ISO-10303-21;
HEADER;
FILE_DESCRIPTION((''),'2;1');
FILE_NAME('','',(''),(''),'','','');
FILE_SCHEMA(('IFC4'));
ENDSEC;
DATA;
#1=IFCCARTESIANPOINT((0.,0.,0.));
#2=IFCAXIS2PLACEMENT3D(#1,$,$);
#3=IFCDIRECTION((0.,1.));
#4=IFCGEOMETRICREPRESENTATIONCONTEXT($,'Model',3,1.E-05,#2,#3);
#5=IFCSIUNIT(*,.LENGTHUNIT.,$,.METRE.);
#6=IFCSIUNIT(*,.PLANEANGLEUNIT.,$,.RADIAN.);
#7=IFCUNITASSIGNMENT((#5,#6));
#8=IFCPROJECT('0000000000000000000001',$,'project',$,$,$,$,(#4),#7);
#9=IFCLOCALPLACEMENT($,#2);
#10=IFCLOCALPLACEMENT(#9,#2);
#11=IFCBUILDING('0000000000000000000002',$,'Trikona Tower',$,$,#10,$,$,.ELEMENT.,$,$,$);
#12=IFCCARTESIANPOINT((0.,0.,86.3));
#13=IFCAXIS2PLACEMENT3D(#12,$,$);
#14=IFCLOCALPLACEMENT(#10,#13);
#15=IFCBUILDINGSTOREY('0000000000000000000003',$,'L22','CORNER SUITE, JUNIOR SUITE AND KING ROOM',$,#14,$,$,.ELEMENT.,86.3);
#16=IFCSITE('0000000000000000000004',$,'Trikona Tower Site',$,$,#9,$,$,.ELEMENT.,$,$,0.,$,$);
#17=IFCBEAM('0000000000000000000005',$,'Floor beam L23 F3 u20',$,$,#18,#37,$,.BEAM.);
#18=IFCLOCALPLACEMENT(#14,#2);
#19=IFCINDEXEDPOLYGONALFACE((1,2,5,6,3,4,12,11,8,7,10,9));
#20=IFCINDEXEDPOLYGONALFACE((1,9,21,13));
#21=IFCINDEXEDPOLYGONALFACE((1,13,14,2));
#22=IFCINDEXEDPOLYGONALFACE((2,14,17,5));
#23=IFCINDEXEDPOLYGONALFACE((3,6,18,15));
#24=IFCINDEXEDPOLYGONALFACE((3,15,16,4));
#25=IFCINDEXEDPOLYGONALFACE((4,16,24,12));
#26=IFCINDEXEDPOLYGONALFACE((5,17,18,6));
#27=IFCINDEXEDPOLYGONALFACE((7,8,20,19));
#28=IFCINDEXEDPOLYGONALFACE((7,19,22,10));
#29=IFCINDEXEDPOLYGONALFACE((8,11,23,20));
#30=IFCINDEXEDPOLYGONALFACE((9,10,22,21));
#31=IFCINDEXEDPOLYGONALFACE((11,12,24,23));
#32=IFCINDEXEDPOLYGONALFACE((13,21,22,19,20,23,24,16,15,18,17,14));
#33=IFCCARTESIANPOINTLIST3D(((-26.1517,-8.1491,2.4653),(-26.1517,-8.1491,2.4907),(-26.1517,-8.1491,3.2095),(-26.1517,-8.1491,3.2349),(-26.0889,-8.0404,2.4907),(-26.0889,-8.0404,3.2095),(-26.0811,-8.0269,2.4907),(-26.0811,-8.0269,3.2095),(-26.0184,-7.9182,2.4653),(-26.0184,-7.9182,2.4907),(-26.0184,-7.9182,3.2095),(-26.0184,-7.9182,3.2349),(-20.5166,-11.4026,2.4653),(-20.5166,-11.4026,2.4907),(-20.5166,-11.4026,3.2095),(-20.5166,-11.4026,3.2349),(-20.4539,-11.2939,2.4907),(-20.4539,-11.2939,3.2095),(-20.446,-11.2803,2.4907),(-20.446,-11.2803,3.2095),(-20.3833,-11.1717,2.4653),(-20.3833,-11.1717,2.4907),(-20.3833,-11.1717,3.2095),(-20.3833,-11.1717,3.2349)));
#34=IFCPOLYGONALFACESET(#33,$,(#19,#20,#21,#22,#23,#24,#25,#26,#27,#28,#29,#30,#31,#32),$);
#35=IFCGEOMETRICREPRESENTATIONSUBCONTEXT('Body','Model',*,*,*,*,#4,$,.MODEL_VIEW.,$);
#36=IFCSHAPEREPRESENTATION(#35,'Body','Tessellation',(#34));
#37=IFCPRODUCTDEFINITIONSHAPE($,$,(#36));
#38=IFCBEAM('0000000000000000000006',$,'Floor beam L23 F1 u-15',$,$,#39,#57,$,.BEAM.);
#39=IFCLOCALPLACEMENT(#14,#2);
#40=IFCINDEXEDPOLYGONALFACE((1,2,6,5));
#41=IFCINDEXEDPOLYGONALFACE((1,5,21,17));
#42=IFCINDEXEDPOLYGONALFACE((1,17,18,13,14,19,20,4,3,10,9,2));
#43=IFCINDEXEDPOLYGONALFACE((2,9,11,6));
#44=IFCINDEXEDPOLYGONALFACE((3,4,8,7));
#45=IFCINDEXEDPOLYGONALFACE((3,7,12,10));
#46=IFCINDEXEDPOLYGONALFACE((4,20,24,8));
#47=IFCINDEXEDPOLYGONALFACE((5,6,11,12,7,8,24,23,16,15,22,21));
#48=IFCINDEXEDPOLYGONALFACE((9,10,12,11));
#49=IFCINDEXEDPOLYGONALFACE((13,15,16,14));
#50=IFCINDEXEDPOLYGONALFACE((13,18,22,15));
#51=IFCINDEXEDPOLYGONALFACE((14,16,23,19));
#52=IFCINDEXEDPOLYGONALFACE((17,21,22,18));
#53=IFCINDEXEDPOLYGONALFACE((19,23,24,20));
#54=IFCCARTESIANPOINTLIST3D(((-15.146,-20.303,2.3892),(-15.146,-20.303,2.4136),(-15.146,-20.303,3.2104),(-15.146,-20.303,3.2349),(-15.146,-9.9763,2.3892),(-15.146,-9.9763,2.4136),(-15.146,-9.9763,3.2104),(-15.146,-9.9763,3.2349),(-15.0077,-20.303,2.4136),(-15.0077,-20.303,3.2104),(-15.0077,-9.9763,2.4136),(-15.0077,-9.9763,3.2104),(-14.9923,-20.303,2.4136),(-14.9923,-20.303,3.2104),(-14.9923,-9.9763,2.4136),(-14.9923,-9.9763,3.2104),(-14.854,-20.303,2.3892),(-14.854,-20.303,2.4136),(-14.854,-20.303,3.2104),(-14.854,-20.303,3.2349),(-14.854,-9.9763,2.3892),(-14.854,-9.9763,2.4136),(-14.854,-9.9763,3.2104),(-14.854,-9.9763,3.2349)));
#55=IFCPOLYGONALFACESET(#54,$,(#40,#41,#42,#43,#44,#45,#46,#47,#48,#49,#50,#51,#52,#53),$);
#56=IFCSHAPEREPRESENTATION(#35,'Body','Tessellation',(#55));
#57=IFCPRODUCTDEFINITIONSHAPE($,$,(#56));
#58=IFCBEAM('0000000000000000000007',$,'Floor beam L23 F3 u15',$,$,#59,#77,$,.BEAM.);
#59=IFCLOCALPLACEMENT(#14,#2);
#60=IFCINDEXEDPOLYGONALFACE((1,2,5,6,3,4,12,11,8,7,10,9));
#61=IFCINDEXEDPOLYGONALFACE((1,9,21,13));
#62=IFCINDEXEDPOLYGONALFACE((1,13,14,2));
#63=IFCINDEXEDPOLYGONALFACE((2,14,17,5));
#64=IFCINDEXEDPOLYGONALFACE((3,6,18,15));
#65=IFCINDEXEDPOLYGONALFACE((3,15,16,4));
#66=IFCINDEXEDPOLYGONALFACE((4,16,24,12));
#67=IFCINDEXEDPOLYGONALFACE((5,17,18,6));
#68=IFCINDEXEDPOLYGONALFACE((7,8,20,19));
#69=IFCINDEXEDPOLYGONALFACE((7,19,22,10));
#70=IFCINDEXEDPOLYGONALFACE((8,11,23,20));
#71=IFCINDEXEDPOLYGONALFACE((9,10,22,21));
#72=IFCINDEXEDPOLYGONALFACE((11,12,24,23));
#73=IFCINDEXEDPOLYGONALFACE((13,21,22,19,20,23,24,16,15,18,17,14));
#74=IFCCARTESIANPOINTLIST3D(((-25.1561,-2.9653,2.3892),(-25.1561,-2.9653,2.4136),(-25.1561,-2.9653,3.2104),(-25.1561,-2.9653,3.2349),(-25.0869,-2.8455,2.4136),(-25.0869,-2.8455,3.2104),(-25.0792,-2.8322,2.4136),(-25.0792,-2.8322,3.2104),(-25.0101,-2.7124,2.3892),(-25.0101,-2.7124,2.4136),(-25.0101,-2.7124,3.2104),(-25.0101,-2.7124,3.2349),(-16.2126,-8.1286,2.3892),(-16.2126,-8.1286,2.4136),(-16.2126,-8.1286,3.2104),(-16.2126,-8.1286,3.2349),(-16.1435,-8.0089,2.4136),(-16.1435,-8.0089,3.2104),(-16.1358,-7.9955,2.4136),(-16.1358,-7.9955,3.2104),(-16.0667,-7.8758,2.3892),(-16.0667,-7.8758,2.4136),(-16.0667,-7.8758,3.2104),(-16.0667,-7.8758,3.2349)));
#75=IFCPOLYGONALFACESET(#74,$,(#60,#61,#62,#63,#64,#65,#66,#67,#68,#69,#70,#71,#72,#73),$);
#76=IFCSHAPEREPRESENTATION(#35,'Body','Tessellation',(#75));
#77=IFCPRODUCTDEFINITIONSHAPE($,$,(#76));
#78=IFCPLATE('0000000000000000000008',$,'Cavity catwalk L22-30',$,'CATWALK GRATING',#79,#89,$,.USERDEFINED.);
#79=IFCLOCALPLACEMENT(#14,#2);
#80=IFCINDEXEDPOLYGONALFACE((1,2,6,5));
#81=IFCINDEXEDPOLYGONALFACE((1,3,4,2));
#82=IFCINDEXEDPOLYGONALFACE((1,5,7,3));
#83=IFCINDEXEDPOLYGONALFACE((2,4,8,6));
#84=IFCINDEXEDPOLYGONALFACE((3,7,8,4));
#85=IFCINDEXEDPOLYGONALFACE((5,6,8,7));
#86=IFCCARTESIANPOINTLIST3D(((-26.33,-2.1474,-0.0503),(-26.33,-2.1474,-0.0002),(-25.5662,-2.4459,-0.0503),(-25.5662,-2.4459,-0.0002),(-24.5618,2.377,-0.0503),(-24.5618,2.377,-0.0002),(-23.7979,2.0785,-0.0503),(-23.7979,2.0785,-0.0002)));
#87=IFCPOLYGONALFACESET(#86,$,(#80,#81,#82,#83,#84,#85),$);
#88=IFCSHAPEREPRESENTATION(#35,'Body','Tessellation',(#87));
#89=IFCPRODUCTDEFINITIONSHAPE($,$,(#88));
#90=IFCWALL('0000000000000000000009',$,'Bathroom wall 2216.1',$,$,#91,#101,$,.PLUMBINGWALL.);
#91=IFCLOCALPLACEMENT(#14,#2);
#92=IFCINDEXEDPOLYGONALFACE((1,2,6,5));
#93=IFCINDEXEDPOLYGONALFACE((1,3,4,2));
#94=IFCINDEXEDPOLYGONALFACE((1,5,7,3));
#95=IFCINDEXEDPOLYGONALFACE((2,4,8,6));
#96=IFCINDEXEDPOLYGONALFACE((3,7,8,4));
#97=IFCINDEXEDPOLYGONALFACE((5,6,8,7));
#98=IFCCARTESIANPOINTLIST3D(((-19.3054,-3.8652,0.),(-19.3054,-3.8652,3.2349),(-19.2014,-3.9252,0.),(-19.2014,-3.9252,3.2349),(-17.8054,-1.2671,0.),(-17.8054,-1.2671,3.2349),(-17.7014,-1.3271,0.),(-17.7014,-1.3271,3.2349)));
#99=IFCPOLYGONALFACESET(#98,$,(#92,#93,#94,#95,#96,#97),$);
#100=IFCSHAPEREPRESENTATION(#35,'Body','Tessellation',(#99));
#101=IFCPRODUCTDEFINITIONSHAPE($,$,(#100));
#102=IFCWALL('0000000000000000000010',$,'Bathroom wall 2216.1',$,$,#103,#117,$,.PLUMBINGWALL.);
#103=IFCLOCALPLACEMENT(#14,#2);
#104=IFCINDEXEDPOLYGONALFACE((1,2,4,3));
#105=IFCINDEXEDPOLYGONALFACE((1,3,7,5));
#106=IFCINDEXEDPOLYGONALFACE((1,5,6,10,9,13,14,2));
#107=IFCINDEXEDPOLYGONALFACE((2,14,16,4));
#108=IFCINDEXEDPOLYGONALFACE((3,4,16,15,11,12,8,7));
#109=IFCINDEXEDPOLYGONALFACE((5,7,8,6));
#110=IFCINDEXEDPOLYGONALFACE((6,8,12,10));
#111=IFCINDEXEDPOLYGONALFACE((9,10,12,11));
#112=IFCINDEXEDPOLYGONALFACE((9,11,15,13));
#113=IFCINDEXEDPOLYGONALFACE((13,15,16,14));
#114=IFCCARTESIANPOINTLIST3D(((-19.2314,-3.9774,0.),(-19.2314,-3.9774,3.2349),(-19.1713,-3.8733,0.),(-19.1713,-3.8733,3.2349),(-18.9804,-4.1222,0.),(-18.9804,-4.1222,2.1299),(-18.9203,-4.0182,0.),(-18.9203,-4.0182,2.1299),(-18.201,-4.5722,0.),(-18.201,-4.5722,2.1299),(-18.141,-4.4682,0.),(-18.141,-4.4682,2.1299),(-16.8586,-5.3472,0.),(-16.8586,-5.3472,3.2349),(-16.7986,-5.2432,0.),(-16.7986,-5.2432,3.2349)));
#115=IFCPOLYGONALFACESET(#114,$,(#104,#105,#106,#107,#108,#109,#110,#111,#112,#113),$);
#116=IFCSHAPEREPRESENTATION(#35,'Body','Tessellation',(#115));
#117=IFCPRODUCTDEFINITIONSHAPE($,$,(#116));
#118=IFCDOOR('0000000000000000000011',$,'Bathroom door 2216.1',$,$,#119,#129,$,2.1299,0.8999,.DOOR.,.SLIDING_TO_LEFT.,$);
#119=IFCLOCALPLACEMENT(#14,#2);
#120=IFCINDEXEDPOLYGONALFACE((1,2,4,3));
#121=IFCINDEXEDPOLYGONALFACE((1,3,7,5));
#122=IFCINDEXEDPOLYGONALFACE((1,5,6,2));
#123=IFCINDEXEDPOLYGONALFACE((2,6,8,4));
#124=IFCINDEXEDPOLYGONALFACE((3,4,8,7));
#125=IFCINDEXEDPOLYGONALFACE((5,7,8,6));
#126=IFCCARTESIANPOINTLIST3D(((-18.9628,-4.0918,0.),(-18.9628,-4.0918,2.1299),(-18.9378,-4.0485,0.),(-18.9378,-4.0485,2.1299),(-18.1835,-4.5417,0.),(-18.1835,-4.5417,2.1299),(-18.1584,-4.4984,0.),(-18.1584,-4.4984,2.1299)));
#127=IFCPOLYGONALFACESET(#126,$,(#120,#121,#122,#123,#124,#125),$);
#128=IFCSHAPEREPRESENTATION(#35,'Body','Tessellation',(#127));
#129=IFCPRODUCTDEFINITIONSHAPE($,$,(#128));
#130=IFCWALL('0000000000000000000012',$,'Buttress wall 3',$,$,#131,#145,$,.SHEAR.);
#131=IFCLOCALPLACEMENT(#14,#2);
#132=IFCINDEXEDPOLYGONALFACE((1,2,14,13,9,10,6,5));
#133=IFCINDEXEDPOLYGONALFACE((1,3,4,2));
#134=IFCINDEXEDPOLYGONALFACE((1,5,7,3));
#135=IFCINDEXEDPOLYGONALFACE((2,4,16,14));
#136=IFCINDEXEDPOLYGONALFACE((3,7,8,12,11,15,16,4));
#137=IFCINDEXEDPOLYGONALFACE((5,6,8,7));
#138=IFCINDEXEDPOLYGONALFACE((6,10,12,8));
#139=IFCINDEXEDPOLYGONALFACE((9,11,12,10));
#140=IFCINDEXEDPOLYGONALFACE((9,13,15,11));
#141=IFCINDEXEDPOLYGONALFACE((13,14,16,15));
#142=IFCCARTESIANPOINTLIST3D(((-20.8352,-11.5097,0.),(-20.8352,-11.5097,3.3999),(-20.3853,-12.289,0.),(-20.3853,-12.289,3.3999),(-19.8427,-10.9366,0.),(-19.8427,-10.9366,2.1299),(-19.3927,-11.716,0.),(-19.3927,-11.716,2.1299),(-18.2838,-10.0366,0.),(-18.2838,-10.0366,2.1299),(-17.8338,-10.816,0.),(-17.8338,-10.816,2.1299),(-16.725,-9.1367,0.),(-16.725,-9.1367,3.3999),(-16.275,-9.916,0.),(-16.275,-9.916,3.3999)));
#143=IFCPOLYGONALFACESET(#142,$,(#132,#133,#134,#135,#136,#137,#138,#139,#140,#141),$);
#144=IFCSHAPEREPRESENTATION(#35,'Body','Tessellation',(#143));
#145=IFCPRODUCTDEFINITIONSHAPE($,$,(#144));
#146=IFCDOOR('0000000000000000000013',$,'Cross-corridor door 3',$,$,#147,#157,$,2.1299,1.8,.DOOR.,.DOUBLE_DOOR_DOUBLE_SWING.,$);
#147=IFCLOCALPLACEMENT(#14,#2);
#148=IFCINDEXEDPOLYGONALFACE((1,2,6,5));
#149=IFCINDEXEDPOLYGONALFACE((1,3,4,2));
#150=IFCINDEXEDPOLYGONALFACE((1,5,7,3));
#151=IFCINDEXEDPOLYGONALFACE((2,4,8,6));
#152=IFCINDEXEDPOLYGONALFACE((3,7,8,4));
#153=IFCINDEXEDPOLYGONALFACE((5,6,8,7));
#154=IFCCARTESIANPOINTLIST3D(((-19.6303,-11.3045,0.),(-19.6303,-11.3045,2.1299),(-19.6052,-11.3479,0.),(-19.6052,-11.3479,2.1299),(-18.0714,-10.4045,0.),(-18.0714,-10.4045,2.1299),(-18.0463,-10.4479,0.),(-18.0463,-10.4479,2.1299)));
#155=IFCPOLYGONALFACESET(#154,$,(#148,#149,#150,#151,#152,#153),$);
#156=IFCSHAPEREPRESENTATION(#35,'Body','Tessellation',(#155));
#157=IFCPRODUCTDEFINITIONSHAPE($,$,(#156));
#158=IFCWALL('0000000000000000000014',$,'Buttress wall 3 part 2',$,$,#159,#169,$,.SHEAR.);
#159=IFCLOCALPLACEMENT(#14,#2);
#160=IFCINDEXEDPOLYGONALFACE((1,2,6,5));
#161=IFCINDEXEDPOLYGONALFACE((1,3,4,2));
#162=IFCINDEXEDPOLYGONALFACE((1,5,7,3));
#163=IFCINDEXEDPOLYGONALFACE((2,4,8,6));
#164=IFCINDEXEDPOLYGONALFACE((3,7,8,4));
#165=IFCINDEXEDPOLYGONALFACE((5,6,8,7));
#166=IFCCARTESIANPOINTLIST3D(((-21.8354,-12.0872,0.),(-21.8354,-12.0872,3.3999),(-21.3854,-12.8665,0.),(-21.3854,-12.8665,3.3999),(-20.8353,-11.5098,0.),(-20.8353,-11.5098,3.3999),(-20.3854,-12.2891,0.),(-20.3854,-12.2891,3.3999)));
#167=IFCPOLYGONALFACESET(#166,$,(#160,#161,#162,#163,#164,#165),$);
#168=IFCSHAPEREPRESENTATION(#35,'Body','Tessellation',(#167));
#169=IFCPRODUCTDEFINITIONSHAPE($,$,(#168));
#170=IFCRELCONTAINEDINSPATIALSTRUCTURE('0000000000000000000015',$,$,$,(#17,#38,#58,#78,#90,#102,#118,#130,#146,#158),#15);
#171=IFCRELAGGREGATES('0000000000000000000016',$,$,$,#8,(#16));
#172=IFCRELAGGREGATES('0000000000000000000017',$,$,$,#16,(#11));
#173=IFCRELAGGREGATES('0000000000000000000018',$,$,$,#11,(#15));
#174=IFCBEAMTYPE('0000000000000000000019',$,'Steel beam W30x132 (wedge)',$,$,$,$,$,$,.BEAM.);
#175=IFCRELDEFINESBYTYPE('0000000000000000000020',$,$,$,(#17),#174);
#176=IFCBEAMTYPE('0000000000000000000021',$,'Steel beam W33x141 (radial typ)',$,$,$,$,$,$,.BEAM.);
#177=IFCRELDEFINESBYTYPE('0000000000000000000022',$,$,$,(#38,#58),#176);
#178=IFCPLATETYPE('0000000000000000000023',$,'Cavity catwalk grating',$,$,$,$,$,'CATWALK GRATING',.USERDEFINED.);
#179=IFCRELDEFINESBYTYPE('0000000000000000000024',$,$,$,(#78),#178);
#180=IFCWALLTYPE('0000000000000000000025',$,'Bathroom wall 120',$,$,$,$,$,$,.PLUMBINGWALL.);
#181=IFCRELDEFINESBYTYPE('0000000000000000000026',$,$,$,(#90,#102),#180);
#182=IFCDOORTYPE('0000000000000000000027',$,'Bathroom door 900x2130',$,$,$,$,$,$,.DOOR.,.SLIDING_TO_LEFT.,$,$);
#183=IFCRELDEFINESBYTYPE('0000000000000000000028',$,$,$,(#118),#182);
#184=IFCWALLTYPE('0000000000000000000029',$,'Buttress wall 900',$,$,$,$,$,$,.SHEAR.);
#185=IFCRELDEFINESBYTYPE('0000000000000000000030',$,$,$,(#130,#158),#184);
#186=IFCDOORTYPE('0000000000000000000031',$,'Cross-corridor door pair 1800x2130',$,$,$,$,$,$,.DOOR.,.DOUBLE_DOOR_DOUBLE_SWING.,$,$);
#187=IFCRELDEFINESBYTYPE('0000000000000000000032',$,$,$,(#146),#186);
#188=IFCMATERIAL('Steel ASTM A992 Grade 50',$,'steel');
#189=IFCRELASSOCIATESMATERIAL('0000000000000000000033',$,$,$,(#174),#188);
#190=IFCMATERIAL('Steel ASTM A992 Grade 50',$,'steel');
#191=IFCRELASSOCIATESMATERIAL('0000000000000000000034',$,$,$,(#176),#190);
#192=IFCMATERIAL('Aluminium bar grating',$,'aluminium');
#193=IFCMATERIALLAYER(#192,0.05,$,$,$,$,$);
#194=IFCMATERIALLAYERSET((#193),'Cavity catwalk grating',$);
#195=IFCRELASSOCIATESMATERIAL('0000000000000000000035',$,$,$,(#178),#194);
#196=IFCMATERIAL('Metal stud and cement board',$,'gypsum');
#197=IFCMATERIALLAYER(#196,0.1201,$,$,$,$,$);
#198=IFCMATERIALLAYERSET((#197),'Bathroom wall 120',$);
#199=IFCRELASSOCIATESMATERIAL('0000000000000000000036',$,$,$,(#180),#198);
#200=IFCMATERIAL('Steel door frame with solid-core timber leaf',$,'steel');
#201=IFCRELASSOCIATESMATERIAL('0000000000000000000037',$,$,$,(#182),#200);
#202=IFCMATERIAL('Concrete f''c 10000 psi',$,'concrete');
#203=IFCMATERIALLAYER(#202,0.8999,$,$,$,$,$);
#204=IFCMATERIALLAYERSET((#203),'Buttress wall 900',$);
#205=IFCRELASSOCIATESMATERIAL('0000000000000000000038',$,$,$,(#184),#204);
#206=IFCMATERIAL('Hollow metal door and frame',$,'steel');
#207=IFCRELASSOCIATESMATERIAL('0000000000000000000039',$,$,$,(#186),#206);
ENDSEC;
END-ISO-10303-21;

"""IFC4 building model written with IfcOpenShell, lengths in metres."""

from ifc_helpers import new_model, si_unit, direction, frame, frame_2d, origin, origin_2d, place, context, subcontext, project, spatial, rectangle, i_section, extrude, material, layer, layer_set, material_profile, profile_set, type_object, element, fill, save


model = new_model("IFC4")

# Units and contexts
model_context = context("Model", 3, precision=1e-05, world=origin(), true_north=direction((0.0, 1.0)))
body_context = subcontext(model_context, "Body", "Model", "MODEL_VIEW")
ifc_project = project(units=[si_unit("LENGTHUNIT", "METRE"), si_unit("PLANEANGLEUNIT", "RADIAN")], contexts=[model_context])

# Site, building, storey
site_placement = place(None, origin())
site = spatial("IfcSite", under=ifc_project, at=site_placement, Name="Trikona Tower Site", CompositionType="ELEMENT", RefElevation=0.0)
building_placement = place(site_placement, origin())
building = spatial("IfcBuilding", under=site, at=building_placement, Name="Trikona Tower", CompositionType="ELEMENT")
storey_placement = place(building_placement, frame((0.0, 0.0, 86.3)))
storey = spatial("IfcBuildingStorey", under=building, at=storey_placement, Name="L22", Description="CORNER SUITE, JUNIOR SUITE AND KING ROOM", CompositionType="ELEMENT", Elevation=86.3)

# Beams
ifc_material_1 = material(Name="Steel ASTM A992 Grade 50", Category="steel")
ifc_material_profile_1 = material_profile(ifc_material_1, i_section(OverallWidth=0.2666, OverallDepth=0.7695, WebThickness=0.0156, FlangeThickness=0.0254, at=origin_2d()), Name="W30X132")
ifc_profile_set_1 = profile_set([ifc_material_profile_1], Name="Steel ASTM A992 Grade 50")
beam_type_1 = type_object("IfcBeamType", Name="Steel beam W30x132 (wedge)", PredefinedType="BEAM", material=ifc_profile_set_1)
beam_1_placement = place(storey_placement, frame((-20.45, -11.2871, 2.8501), z_axis=(-0.866023, 0.500005, 0.0), x_axis=(-0.500005, -0.866023, 0.0)))
element("IfcBeam", 1, at=beam_1_placement, inside=storey, type_object=beam_type_1, Name="Floor beam L23 F3 u20", PredefinedType="BEAM", context=body_context, shape_type="SweptSolid", body=[
    extrude(i_section(OverallWidth=0.2666, OverallDepth=0.7695, WebThickness=0.0156, FlangeThickness=0.0254, at=origin_2d()), origin(), (0.0, 0.0, 1.0), 6.5068),
])
ifc_material_2 = material(Name="Steel ASTM A992 Grade 50", Category="steel")
ifc_material_profile_2 = material_profile(ifc_material_2, i_section(OverallWidth=0.292, OverallDepth=0.8457, WebThickness=0.0154, FlangeThickness=0.0244, at=origin_2d()), Name="W33X141")
ifc_profile_set_2 = profile_set([ifc_material_profile_2], Name="Steel ASTM A992 Grade 50")
beam_type_2 = type_object("IfcBeamType", Name="Steel beam W33x141 (radial typ)", PredefinedType="BEAM", material=ifc_profile_set_2)
beam_2_placement = place(storey_placement, frame((-15.0, -9.9763, 2.812), z_axis=(0.0, -1.0, 0.0), x_axis=(1.0, 0.0, 0.0)))
element("IfcBeam", 2, at=beam_2_placement, inside=storey, type_object=beam_type_2, Name="Floor beam L23 F1 u-15", PredefinedType="BEAM", context=body_context, shape_type="SweptSolid", body=[
    extrude(i_section(OverallWidth=0.292, OverallDepth=0.8457, WebThickness=0.0154, FlangeThickness=0.0244, at=origin_2d()), origin(), (0.0, 0.0, 1.0), 10.3267),
])
beam_3_placement = place(storey_placement, frame((-16.1396, -8.0022, 2.812), z_axis=(-0.86603, 0.499991, 0.0), x_axis=(-0.499991, -0.86603, 0.0)))
element("IfcBeam", 3, at=beam_3_placement, inside=storey, type_object=beam_type_2, Name="Floor beam L23 F3 u15", PredefinedType="BEAM", context=body_context, shape_type="SweptSolid", body=[
    extrude(i_section(OverallWidth=0.292, OverallDepth=0.8457, WebThickness=0.0154, FlangeThickness=0.0244, at=origin_2d()), origin(), (0.0, 0.0, 1.0), 10.3269),
])

# Plate
ifc_material_3 = material(Name="Aluminium bar grating", Category="aluminium")
ifc_layer_1 = layer(ifc_material_3, 0.05)
ifc_layer_set_1 = layer_set([ifc_layer_1], Name="Cavity catwalk grating")
plate_type = type_object("IfcPlateType", Name="Cavity catwalk grating", ElementType="CATWALK GRATING", PredefinedType="USERDEFINED", material=ifc_layer_set_1)
plate_placement = place(storey_placement, frame((-25.064, -0.0344, -0.0503), z_axis=(0.0, 0.0, 1.0), x_axis=(-0.364009, -0.931395, 0.0)))
element("IfcPlate", 4, at=plate_placement, inside=storey, type_object=plate_type, Name="Cavity catwalk L22-30", ObjectType="CATWALK GRATING", PredefinedType="USERDEFINED", context=body_context, shape_type="SweptSolid", body=[
    extrude(rectangle(XDim=4.8577, YDim=0.8201, at=origin_2d()), origin(), (0.0, 0.0, 1.0), 0.05),
])

# Wall
ifc_material_4 = material(Name="Metal stud and cement board", Category="gypsum")
ifc_layer_2 = layer(ifc_material_4, 0.1201)
ifc_layer_set_2 = layer_set([ifc_layer_2], Name="Bathroom wall 120")
wall_type_1 = type_object("IfcWallType", Name="Bathroom wall 120", PredefinedType="PLUMBINGWALL", material=ifc_layer_set_2)
wall_1_placement = place(storey_placement, frame((-17.7534, -1.2971, 0.0), z_axis=(0.0, 0.0, 1.0), x_axis=(-0.49999, -0.866031, 0.0)))
element("IfcWall", 5, at=wall_1_placement, inside=storey, type_object=wall_type_1, Name="Bathroom wall 2216.1", PredefinedType="PLUMBINGWALL", context=body_context, shape_type="SweptSolid", body=[
    extrude(rectangle(XDim=3.0, YDim=0.1201, at=frame_2d((1.5, 0.0))), origin(), (0.0, 0.0, 1.0), 3.2349),
])

# Walls, openings, doors
wall_2_placement = place(storey_placement, frame((-16.8286, -5.2952, 0.0), z_axis=(0.0, 0.0, 1.0), x_axis=(-0.866036, 0.499982, 0.0)))
wall_2 = element("IfcWall", 6, at=wall_2_placement, inside=storey, type_object=wall_type_1, Name="Bathroom wall 2216.1", PredefinedType="PLUMBINGWALL", context=body_context, shape_type="SweptSolid", body=[
    extrude(rectangle(XDim=2.7397, YDim=0.1201, at=frame_2d((1.3699, 0.0))), origin(), (0.0, 0.0, 1.0), 3.2349),
])
opening_1_placement = place(wall_2_placement, frame((1.55, 0.0, 0.0)))
opening_1 = element("IfcOpeningElement", 7, at=opening_1_placement, cuts=wall_2, PredefinedType="OPENING", context=body_context, shape_type="SweptSolid", body=[
    extrude(rectangle(XDim=0.8999, YDim=2.1299, at=frame_2d((0.45, 1.0649))), frame((0.0, 0.0701, 0.0), z_axis=(0.0, -1.0, 0.0), x_axis=(1.0, 0.0, 0.0)), (0.0, 0.0, 1.0), 0.1401),
])
ifc_material_5 = material(Name="Steel door frame with solid-core timber leaf", Category="steel")
door_type_1 = type_object("IfcDoorType", Name="Bathroom door 900x2130", OperationType="SLIDING_TO_LEFT", PredefinedType="DOOR", material=ifc_material_5)
door_1_placement = place(opening_1_placement, origin())
door_1 = element("IfcDoor", 8, at=door_1_placement, inside=storey, type_object=door_type_1, Name="Bathroom door 2216.1", OperationType="SLIDING_TO_LEFT", OverallHeight=2.1299, OverallWidth=0.8999, PredefinedType="DOOR", context=body_context, shape_type="SweptSolid", body=[
    extrude(rectangle(XDim=0.8999, YDim=2.1299, at=frame_2d((0.45, 1.0649))), frame((0.0, 0.0249, 0.0), z_axis=(0.0, -1.0, 0.0), x_axis=(1.0, 0.0, 0.0)), (0.0, 0.0, 1.0), 0.05),
])
fill(opening_1, door_1)
ifc_material_6 = material(Name="Concrete f'c 10000 psi", Category="concrete")
ifc_layer_3 = layer(ifc_material_6, 0.8999)
ifc_layer_set_3 = layer_set([ifc_layer_3], Name="Buttress wall 900")
wall_type_2 = type_object("IfcWallType", Name="Buttress wall 900", PredefinedType="SHEAR", material=ifc_layer_set_3)
wall_3_placement = place(storey_placement, frame((-16.5, -9.5264, 0.0), z_axis=(0.0, 0.0, 1.0), x_axis=(-0.866031, -0.49999, 0.0)))
wall_3 = element("IfcWall", 9, at=wall_3_placement, inside=storey, type_object=wall_type_2, Name="Buttress wall 3", PredefinedType="SHEAR", context=body_context, shape_type="SweptSolid", body=[
    extrude(rectangle(XDim=4.7461, YDim=0.8999, at=frame_2d((2.373, 0.0))), origin(), (0.0, 0.0, 1.0), 3.3999),
])
opening_2_placement = place(wall_3_placement, frame((1.8, 0.0, 0.0)))
opening_2 = element("IfcOpeningElement", 10, at=opening_2_placement, cuts=wall_3, PredefinedType="OPENING", context=body_context, shape_type="SweptSolid", body=[
    extrude(rectangle(XDim=1.8, YDim=2.1299, at=frame_2d((0.8999, 1.0649))), frame((0.0, 0.46, 0.0), z_axis=(0.0, -1.0, 0.0), x_axis=(1.0, 0.0, 0.0)), (0.0, 0.0, 1.0), 0.9199),
])
ifc_material_7 = material(Name="Hollow metal door and frame", Category="steel")
door_type_2 = type_object("IfcDoorType", Name="Cross-corridor door pair 1800x2130", OperationType="DOUBLE_DOOR_DOUBLE_SWING", PredefinedType="DOOR", material=ifc_material_7)
door_2_placement = place(opening_2_placement, origin())
door_2 = element("IfcDoor", 11, at=door_2_placement, inside=storey, type_object=door_type_2, Name="Cross-corridor door 3", OperationType="DOUBLE_DOOR_DOUBLE_SWING", OverallHeight=2.1299, OverallWidth=1.8, PredefinedType="DOOR", context=body_context, shape_type="SweptSolid", body=[
    extrude(rectangle(XDim=1.8, YDim=2.1299, at=frame_2d((0.8999, 1.0649))), frame((0.0, 0.0249, 0.0), z_axis=(0.0, -1.0, 0.0), x_axis=(1.0, 0.0, 0.0)), (0.0, 0.0, 1.0), 0.05),
])
fill(opening_2, door_2)

# Wall
wall_4_placement = place(storey_placement, frame((-20.6104, -11.8994, 0.0), z_axis=(0.0, 0.0, 1.0), x_axis=(-0.86601, -0.500027, 0.0)))
element("IfcWall", 12, at=wall_4_placement, inside=storey, type_object=wall_type_2, Name="Buttress wall 3 part 2", PredefinedType="SHEAR", context=body_context, shape_type="SweptSolid", body=[
    extrude(rectangle(XDim=1.1548, YDim=0.8999, at=frame_2d((0.5774, 0.0))), origin(), (0.0, 0.0, 1.0), 3.3999),
])

save(model, "model.ifc")
